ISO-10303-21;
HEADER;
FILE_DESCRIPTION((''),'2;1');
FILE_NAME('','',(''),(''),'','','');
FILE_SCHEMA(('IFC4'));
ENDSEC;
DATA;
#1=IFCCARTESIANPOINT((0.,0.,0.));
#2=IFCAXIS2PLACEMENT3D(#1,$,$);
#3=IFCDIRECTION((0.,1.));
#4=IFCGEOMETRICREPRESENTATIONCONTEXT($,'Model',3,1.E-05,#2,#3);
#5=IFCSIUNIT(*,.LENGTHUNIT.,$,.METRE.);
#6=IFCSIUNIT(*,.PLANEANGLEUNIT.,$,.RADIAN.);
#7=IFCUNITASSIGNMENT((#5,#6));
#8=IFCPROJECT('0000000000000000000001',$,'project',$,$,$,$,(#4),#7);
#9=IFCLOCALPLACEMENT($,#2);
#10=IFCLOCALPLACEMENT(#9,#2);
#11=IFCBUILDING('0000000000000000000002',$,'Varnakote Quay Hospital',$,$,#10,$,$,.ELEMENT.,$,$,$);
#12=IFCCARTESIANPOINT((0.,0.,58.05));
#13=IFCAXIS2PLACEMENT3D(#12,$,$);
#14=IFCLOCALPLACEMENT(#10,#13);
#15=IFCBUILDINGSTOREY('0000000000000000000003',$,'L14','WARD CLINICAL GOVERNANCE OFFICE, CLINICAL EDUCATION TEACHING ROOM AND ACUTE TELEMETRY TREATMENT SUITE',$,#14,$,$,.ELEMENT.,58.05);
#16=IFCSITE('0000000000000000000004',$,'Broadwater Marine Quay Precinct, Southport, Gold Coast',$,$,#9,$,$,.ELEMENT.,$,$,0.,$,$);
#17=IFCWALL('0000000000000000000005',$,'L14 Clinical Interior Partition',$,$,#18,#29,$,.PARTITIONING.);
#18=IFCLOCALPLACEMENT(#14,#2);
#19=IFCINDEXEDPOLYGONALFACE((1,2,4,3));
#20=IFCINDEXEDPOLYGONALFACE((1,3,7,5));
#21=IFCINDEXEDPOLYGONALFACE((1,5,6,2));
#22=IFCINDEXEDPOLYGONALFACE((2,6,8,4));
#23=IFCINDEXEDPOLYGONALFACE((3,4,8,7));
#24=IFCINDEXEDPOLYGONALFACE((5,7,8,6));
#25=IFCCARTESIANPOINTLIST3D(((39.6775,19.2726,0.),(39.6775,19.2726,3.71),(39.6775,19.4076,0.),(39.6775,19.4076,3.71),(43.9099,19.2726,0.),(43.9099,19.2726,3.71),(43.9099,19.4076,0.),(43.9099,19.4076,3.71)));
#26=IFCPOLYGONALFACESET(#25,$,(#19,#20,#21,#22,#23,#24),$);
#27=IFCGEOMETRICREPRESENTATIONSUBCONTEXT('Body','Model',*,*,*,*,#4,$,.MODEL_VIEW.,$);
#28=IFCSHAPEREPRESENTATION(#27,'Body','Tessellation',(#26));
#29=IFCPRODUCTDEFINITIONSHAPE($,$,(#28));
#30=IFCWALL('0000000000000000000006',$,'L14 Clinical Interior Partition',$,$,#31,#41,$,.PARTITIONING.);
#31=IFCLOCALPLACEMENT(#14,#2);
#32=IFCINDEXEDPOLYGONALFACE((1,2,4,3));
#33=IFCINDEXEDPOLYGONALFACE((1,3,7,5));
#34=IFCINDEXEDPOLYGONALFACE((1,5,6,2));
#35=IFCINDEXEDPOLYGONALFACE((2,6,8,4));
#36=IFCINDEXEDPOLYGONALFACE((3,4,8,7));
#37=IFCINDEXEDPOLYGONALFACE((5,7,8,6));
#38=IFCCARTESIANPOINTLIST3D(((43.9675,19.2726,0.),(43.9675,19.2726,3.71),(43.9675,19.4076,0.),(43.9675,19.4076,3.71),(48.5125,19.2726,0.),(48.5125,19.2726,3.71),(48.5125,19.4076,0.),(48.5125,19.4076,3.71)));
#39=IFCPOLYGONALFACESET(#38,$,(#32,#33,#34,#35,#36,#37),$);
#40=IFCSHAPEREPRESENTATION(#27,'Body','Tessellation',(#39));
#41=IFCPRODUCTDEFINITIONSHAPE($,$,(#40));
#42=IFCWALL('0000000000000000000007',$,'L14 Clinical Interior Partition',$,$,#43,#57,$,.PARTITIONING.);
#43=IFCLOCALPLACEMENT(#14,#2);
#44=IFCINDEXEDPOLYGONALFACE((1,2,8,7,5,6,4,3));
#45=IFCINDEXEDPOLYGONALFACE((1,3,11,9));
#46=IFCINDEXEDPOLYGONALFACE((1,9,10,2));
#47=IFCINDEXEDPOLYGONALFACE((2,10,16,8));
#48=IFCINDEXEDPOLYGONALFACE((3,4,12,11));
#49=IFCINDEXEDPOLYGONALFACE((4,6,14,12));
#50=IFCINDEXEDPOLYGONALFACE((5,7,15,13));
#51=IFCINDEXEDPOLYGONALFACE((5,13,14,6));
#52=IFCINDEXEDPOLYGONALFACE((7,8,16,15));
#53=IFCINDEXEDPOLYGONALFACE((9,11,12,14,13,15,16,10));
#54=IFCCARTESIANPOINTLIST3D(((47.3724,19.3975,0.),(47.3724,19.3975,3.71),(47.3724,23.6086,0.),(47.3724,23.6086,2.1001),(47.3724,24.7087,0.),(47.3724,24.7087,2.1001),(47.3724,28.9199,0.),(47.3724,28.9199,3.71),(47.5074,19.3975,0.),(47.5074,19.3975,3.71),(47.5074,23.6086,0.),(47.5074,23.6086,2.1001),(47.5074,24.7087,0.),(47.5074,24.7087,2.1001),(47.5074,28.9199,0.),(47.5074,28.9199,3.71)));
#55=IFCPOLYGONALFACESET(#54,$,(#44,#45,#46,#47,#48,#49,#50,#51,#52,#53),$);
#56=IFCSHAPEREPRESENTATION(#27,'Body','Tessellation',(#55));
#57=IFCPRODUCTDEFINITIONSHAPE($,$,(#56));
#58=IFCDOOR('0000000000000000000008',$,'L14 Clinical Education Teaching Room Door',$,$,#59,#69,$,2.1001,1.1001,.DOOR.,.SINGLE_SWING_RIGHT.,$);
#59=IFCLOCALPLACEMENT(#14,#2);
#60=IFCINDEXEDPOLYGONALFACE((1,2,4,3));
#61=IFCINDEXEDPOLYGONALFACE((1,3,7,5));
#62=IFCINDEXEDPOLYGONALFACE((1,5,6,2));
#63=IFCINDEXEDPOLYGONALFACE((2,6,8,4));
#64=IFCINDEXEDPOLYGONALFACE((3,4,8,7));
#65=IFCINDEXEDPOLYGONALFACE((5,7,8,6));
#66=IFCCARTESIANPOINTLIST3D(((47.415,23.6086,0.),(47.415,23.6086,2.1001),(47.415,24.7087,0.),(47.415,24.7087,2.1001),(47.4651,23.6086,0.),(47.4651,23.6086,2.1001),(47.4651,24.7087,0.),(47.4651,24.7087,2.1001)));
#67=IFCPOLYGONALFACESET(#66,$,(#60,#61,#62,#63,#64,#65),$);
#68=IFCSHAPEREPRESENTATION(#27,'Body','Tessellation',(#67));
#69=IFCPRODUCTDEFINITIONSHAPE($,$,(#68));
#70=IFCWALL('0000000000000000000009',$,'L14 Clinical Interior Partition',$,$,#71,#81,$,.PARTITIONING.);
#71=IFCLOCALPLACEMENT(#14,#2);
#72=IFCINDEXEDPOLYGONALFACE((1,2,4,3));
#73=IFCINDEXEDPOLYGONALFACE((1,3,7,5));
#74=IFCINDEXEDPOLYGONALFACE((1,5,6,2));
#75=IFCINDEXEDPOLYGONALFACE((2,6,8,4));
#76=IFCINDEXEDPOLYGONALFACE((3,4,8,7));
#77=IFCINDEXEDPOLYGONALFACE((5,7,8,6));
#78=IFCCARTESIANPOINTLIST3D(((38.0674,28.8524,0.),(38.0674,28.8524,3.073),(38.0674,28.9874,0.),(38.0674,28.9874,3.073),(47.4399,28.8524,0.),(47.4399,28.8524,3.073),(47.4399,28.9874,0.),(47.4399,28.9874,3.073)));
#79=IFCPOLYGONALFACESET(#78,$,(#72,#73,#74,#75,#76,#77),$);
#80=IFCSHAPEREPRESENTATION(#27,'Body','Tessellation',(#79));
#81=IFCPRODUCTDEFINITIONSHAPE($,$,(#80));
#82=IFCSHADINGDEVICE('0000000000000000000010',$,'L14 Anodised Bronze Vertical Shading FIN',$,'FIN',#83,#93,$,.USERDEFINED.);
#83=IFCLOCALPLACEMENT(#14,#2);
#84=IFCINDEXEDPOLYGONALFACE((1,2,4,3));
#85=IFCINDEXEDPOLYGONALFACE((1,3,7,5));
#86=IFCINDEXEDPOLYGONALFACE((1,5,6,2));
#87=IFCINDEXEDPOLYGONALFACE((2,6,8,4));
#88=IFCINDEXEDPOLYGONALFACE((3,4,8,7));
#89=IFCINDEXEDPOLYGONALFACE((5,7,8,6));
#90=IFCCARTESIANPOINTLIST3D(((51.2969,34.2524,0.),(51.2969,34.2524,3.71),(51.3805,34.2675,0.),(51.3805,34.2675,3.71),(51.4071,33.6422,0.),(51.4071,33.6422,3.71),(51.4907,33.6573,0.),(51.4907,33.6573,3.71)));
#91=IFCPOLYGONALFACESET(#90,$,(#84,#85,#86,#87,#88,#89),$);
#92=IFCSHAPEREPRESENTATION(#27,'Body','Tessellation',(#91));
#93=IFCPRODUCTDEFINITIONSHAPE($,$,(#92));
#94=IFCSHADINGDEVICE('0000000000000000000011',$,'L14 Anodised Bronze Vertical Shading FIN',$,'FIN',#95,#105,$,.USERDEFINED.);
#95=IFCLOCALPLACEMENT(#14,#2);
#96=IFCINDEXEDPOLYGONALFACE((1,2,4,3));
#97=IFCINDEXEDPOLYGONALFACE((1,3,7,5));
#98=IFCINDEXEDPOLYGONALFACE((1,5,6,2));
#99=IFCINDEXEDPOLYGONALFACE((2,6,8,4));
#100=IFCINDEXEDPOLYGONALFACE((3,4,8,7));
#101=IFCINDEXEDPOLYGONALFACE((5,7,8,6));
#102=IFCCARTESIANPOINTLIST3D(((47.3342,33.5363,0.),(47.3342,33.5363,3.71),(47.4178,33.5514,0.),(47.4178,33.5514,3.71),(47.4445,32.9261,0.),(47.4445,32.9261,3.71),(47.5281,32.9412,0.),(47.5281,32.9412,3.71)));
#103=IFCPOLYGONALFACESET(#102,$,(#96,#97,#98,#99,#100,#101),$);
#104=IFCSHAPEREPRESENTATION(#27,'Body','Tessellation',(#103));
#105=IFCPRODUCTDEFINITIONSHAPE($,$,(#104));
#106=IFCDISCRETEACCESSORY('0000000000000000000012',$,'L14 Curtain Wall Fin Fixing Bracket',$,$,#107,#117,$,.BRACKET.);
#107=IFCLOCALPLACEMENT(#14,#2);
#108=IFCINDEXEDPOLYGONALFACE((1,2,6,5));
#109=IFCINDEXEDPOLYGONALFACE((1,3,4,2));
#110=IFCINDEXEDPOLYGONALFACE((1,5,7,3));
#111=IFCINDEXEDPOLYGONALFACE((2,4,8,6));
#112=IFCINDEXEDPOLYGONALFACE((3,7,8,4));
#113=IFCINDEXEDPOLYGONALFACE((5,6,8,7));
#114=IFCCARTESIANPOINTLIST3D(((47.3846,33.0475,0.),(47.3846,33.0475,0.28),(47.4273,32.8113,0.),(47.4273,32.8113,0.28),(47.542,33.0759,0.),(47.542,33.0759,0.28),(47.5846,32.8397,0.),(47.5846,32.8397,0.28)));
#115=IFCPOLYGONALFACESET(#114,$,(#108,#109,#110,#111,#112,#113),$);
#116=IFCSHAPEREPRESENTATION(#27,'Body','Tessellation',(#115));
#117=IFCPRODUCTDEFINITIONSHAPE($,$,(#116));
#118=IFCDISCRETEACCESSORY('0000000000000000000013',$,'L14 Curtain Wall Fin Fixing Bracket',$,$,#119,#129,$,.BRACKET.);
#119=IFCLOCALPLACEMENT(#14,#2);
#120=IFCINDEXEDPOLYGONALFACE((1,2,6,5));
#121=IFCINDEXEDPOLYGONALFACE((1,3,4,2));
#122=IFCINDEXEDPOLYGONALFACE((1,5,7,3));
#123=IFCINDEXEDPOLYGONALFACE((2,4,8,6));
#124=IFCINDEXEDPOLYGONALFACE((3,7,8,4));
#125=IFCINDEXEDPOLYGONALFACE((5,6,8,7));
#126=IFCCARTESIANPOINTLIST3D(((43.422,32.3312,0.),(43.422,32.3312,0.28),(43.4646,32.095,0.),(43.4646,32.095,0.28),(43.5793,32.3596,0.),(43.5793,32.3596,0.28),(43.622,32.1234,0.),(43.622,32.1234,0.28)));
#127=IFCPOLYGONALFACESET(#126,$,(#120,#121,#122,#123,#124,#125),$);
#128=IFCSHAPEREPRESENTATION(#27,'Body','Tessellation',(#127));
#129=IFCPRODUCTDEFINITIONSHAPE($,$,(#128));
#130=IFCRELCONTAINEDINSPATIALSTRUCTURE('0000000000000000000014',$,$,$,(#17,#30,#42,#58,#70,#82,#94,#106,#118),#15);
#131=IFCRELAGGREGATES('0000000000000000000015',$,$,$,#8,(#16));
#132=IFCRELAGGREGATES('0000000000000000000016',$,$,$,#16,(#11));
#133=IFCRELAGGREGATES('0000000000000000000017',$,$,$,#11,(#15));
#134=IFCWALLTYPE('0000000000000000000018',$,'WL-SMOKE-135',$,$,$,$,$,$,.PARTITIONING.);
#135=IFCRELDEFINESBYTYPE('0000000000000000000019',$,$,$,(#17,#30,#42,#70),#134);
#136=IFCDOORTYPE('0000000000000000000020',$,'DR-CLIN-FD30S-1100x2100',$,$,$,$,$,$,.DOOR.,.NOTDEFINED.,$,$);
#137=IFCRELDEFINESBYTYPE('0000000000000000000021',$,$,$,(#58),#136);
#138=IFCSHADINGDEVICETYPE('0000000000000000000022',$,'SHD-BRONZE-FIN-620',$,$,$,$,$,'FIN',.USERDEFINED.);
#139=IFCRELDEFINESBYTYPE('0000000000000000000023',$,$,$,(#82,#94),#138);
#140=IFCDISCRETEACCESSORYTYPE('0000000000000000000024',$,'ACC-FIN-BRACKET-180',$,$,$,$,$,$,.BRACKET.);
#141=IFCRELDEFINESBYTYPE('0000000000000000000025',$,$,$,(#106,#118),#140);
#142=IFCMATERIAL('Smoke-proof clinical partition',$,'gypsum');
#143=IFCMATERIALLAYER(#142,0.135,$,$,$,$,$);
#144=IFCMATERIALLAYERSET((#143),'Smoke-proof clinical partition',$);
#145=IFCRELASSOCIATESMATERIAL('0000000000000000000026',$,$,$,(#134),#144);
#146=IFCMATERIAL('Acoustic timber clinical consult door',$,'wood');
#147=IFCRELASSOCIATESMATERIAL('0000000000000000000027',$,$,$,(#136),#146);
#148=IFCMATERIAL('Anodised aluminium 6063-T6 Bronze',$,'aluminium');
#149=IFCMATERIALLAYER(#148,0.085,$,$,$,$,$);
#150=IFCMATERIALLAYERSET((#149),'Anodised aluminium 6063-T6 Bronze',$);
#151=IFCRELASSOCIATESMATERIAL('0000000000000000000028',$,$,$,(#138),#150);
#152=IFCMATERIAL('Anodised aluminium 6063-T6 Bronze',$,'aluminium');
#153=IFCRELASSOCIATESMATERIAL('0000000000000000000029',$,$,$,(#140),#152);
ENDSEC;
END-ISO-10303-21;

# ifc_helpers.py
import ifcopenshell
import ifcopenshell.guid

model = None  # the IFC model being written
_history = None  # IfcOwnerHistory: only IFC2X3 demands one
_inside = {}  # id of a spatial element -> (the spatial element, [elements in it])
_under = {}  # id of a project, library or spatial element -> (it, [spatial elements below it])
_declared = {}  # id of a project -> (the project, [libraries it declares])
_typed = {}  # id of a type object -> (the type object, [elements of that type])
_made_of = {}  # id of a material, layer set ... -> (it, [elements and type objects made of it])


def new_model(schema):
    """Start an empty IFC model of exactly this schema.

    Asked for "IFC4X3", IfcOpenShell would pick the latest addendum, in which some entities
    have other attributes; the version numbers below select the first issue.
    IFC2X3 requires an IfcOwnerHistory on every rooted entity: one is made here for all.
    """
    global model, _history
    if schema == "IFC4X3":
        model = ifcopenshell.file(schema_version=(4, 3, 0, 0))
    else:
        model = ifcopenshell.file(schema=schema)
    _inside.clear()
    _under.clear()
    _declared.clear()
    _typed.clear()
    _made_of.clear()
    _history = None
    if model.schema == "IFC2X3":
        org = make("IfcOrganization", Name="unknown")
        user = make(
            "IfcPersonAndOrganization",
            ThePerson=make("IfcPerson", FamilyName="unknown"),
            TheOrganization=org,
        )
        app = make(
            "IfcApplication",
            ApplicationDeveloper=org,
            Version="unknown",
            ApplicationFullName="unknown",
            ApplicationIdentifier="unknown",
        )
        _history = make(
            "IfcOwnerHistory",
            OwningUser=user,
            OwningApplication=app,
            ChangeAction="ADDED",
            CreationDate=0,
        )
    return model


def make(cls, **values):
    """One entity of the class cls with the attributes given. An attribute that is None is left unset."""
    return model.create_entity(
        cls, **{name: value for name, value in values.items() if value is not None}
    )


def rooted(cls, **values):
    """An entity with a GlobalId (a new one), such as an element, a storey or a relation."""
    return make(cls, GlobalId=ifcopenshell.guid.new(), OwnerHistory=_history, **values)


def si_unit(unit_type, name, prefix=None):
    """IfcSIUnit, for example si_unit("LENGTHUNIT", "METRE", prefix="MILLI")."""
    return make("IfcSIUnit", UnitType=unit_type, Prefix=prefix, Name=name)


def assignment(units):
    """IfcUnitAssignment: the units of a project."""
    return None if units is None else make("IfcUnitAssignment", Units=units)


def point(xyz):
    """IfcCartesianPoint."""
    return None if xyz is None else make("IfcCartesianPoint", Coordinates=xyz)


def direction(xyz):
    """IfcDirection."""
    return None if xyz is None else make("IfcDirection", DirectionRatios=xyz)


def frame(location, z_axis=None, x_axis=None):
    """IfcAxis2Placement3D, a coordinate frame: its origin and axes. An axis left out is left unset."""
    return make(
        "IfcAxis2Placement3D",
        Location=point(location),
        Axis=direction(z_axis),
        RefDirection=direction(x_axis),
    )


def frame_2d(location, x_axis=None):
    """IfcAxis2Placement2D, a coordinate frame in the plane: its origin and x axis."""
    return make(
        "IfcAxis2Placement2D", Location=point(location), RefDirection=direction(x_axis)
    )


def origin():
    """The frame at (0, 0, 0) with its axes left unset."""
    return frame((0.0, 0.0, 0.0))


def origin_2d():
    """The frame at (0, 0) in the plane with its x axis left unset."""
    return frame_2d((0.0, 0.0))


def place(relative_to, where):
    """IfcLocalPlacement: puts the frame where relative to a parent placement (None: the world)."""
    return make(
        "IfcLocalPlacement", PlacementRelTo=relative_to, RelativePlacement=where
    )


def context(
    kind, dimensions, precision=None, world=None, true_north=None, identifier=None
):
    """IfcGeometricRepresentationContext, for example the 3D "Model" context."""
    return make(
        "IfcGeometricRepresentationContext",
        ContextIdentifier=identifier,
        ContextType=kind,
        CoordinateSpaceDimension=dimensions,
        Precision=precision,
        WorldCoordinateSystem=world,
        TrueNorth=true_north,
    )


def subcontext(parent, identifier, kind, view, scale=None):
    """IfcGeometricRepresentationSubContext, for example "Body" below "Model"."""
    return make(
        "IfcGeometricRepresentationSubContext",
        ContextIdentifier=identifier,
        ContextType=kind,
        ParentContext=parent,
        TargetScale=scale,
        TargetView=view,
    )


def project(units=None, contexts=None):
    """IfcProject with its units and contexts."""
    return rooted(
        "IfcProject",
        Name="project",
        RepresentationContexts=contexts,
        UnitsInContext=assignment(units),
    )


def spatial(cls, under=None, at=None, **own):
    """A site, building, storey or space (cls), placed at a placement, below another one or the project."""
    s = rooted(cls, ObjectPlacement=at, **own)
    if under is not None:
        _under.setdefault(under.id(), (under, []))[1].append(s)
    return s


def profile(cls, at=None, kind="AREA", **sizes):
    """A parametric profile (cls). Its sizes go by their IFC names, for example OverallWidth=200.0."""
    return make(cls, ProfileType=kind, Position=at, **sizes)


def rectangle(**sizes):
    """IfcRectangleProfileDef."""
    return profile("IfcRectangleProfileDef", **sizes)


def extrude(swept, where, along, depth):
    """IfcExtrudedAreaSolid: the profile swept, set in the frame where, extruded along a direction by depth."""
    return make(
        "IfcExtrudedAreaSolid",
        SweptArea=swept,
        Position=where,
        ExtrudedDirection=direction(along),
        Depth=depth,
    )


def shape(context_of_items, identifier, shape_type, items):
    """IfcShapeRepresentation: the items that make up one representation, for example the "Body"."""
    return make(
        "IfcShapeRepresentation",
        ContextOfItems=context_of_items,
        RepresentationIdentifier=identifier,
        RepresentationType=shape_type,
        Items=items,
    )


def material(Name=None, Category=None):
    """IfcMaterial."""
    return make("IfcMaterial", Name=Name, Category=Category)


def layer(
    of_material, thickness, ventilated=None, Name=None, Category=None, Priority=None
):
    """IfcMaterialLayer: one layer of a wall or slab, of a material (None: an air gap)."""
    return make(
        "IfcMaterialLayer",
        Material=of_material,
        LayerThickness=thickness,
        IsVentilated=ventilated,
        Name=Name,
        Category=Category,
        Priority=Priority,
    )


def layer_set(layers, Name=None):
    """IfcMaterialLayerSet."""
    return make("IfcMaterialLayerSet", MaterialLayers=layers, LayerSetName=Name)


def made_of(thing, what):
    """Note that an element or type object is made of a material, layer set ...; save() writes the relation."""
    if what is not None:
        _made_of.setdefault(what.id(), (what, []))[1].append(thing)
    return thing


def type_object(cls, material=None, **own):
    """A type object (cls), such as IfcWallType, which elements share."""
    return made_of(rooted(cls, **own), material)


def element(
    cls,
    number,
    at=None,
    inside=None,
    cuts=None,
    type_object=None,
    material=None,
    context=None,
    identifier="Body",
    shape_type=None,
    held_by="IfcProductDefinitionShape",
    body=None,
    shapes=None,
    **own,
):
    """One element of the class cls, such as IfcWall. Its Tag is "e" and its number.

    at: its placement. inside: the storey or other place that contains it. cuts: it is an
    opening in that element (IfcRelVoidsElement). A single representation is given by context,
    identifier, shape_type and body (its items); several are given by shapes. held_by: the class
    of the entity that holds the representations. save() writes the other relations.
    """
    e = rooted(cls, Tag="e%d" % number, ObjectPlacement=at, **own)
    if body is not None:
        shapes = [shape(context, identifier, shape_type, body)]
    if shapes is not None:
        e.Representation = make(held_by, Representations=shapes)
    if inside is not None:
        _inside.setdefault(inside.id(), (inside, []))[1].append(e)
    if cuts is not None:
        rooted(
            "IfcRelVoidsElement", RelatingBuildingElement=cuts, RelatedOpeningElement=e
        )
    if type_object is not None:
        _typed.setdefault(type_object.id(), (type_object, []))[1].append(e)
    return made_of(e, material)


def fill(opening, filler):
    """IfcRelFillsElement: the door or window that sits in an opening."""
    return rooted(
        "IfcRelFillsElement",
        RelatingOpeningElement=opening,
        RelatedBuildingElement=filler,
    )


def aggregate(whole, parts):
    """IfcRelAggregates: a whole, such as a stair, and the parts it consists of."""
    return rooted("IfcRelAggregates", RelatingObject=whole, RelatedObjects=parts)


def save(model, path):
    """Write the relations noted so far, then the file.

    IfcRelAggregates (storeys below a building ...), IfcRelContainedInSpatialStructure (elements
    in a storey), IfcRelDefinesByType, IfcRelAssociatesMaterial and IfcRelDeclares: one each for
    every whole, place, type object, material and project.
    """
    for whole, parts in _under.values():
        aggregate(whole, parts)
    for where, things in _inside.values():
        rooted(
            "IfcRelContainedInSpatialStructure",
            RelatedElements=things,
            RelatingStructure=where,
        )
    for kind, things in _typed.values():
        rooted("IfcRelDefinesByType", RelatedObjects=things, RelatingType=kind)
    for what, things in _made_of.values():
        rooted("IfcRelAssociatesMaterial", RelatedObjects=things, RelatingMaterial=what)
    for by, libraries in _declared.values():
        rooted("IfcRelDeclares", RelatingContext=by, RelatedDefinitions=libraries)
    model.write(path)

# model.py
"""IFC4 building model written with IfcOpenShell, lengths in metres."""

from ifc_helpers import new_model, si_unit, direction, frame, frame_2d, origin, origin_2d, place, context, subcontext, project, spatial, rectangle, extrude, material, layer, layer_set, type_object, element, fill, save


model = new_model("IFC4")

# Units and contexts
model_context = context("Model", 3, precision=1e-05, world=origin(), true_north=direction((0.0, 1.0)))
body_context = subcontext(model_context, "Body", "Model", "MODEL_VIEW")
ifc_project = project(units=[si_unit("LENGTHUNIT", "METRE"), si_unit("PLANEANGLEUNIT", "RADIAN")], contexts=[model_context])

# Site, building, storey
site_placement = place(None, origin())
site = spatial("IfcSite", under=ifc_project, at=site_placement, Name="Broadwater Marine Quay Precinct, Southport, Gold Coast", CompositionType="ELEMENT", RefElevation=0.0)
building_placement = place(site_placement, origin())
building = spatial("IfcBuilding", under=site, at=building_placement, Name="Varnakote Quay Hospital", CompositionType="ELEMENT")
storey_placement = place(building_placement, frame((0.0, 0.0, 58.05)))
storey = spatial("IfcBuildingStorey", under=building, at=storey_placement, Name="L14", Description="WARD CLINICAL GOVERNANCE OFFICE, CLINICAL EDUCATION TEACHING ROOM AND ACUTE TELEMETRY TREATMENT SUITE", CompositionType="ELEMENT", Elevation=58.05)

# Walls
ifc_material_1 = material(Name="Smoke-proof clinical partition", Category="gypsum")
ifc_layer_1 = layer(ifc_material_1, 0.135)
ifc_layer_set_1 = layer_set([ifc_layer_1], Name="Smoke-proof clinical partition")
wall_type = type_object("IfcWallType", Name="WL-SMOKE-135", PredefinedType="PARTITIONING", material=ifc_layer_set_1)
wall_1_placement = place(storey_placement, frame((43.9099, 19.3401, 0.0), z_axis=(0.0, 0.0, 1.0), x_axis=(-1.0, 0.0, 0.0)))
element("IfcWall", 1, at=wall_1_placement, inside=storey, type_object=wall_type, Name="L14 Clinical Interior Partition", PredefinedType="PARTITIONING", context=body_context, shape_type="SweptSolid", body=[
    extrude(rectangle(XDim=4.2324, YDim=0.135, at=frame_2d((2.1162, 0.0))), origin(), (0.0, 0.0, 1.0), 3.71),
])
wall_2_placement = place(storey_placement, frame((48.5125, 19.3401, 0.0), z_axis=(0.0, 0.0, 1.0), x_axis=(-1.0, 0.0, 0.0)))
element("IfcWall", 2, at=wall_2_placement, inside=storey, type_object=wall_type, Name="L14 Clinical Interior Partition", PredefinedType="PARTITIONING", context=body_context, shape_type="SweptSolid", body=[
    extrude(rectangle(XDim=4.5449, YDim=0.135, at=frame_2d((2.2725, 0.0))), origin(), (0.0, 0.0, 1.0), 3.71),
])

# Wall, opening, door
wall_3_placement = place(storey_placement, frame((47.4399, 19.3975, 0.0), z_axis=(0.0, 0.0, 1.0), x_axis=(0.0, 1.0, 0.0)))
wall_3 = element("IfcWall", 3, at=wall_3_placement, inside=storey, type_object=wall_type, Name="L14 Clinical Interior Partition", PredefinedType="PARTITIONING", context=body_context, shape_type="SweptSolid", body=[
    extrude(rectangle(XDim=9.5225, YDim=0.135, at=frame_2d((4.7612, 0.0))), origin(), (0.0, 0.0, 1.0), 3.71),
])
opening_placement = place(wall_3_placement, frame((4.2112, 0.0, 0.0)))
opening = element("IfcOpeningElement", 4, at=opening_placement, cuts=wall_3, PredefinedType="OPENING", context=body_context, shape_type="SweptSolid", body=[
    extrude(rectangle(XDim=1.1001, YDim=2.1001, at=frame_2d((0.55, 1.05))), frame((0.0, 0.0774, 0.0), z_axis=(0.0, -1.0, 0.0), x_axis=(1.0, 0.0, 0.0)), (0.0, 0.0, 1.0), 0.155),
])
ifc_material_2 = material(Name="Acoustic timber clinical consult door", Category="wood")
door_type = type_object("IfcDoorType", Name="DR-CLIN-FD30S-1100x2100", OperationType="NOTDEFINED", PredefinedType="DOOR", material=ifc_material_2)
door_placement = place(opening_placement, origin())
door = element("IfcDoor", 5, at=door_placement, inside=storey, type_object=door_type, Name="L14 Clinical Education Teaching Room Door", OperationType="SINGLE_SWING_RIGHT", OverallHeight=2.1001, OverallWidth=1.1001, PredefinedType="DOOR", context=body_context, shape_type="SweptSolid", body=[
    extrude(rectangle(XDim=1.1001, YDim=2.1001, at=frame_2d((0.55, 1.05))), frame((0.0, 0.0249, 0.0), z_axis=(0.0, -1.0, 0.0), x_axis=(1.0, 0.0, 0.0)), (0.0, 0.0, 1.0), 0.05),
])
fill(opening, door)

# Wall
wall_4_placement = place(storey_placement, frame((47.4399, 28.9199, 0.0), z_axis=(0.0, 0.0, 1.0), x_axis=(-1.0, 0.0, 0.0)))
element("IfcWall", 6, at=wall_4_placement, inside=storey, type_object=wall_type, Name="L14 Clinical Interior Partition", PredefinedType="PARTITIONING", context=body_context, shape_type="SweptSolid", body=[
    extrude(rectangle(XDim=9.3726, YDim=0.135, at=frame_2d((4.6863, 0.0))), origin(), (0.0, 0.0, 1.0), 3.073),
])

# Shading devices
ifc_material_3 = material(Name="Anodised aluminium 6063-T6 Bronze", Category="aluminium")
ifc_layer_2 = layer(ifc_material_3, 0.085)
ifc_layer_set_2 = layer_set([ifc_layer_2], Name="Anodised aluminium 6063-T6 Bronze")
shading_device_type = type_object("IfcShadingDeviceType", Name="SHD-BRONZE-FIN-620", ElementType="FIN", PredefinedType="USERDEFINED", material=ifc_layer_set_2)
for number, where, z_axis, x_axis, name in (
    (7, (51.3938, 33.9548, 0.0), (0.0, 0.0, 1.0), (0.177772, -0.984072, 0.0), "L14 Anodised Bronze Vertical Shading FIN"),
    (8, (47.4312, 33.2388, 0.0), (0.0, 0.0, 1.0), (0.177772, -0.984072, 0.0), "L14 Anodised Bronze Vertical Shading FIN"),
):
    element("IfcShadingDevice", number, at=place(storey_placement, frame(where, z_axis=z_axis, x_axis=x_axis)), inside=storey, type_object=shading_device_type, Name=name, ObjectType="FIN", PredefinedType="USERDEFINED", context=body_context, shape_type="SweptSolid", body=[
        extrude(rectangle(XDim=0.6201, YDim=0.085, at=origin_2d()), origin(), (0.0, 0.0, 1.0), 3.71),
    ])

# Discrete accessories
ifc_material_4 = material(Name="Anodised aluminium 6063-T6 Bronze", Category="aluminium")
discrete_accessory_type = type_object("IfcDiscreteAccessoryType", Name="ACC-FIN-BRACKET-180", PredefinedType="BRACKET", material=ifc_material_4)
for number, where, z_axis, x_axis, name in (
    (9, (47.4846, 32.9436, 0.0), (0.0, 0.0, 1.0), (-0.984072, -0.177772, 0.0), "L14 Curtain Wall Fin Fixing Bracket"),
    (10, (43.522, 32.2273, 0.0), (0.0, 0.0, 1.0), (-0.984072, -0.177772, 0.0), "L14 Curtain Wall Fin Fixing Bracket"),
):
    element("IfcDiscreteAccessory", number, at=place(storey_placement, frame(where, z_axis=z_axis, x_axis=x_axis)), inside=storey, type_object=discrete_accessory_type, Name=name, PredefinedType="BRACKET", context=body_context, shape_type="SweptSolid", body=[
        extrude(rectangle(XDim=0.1599, YDim=0.24, at=origin_2d()), origin(), (0.0, 0.0, 1.0), 0.28),
    ])

save(model, "model.ifc")
